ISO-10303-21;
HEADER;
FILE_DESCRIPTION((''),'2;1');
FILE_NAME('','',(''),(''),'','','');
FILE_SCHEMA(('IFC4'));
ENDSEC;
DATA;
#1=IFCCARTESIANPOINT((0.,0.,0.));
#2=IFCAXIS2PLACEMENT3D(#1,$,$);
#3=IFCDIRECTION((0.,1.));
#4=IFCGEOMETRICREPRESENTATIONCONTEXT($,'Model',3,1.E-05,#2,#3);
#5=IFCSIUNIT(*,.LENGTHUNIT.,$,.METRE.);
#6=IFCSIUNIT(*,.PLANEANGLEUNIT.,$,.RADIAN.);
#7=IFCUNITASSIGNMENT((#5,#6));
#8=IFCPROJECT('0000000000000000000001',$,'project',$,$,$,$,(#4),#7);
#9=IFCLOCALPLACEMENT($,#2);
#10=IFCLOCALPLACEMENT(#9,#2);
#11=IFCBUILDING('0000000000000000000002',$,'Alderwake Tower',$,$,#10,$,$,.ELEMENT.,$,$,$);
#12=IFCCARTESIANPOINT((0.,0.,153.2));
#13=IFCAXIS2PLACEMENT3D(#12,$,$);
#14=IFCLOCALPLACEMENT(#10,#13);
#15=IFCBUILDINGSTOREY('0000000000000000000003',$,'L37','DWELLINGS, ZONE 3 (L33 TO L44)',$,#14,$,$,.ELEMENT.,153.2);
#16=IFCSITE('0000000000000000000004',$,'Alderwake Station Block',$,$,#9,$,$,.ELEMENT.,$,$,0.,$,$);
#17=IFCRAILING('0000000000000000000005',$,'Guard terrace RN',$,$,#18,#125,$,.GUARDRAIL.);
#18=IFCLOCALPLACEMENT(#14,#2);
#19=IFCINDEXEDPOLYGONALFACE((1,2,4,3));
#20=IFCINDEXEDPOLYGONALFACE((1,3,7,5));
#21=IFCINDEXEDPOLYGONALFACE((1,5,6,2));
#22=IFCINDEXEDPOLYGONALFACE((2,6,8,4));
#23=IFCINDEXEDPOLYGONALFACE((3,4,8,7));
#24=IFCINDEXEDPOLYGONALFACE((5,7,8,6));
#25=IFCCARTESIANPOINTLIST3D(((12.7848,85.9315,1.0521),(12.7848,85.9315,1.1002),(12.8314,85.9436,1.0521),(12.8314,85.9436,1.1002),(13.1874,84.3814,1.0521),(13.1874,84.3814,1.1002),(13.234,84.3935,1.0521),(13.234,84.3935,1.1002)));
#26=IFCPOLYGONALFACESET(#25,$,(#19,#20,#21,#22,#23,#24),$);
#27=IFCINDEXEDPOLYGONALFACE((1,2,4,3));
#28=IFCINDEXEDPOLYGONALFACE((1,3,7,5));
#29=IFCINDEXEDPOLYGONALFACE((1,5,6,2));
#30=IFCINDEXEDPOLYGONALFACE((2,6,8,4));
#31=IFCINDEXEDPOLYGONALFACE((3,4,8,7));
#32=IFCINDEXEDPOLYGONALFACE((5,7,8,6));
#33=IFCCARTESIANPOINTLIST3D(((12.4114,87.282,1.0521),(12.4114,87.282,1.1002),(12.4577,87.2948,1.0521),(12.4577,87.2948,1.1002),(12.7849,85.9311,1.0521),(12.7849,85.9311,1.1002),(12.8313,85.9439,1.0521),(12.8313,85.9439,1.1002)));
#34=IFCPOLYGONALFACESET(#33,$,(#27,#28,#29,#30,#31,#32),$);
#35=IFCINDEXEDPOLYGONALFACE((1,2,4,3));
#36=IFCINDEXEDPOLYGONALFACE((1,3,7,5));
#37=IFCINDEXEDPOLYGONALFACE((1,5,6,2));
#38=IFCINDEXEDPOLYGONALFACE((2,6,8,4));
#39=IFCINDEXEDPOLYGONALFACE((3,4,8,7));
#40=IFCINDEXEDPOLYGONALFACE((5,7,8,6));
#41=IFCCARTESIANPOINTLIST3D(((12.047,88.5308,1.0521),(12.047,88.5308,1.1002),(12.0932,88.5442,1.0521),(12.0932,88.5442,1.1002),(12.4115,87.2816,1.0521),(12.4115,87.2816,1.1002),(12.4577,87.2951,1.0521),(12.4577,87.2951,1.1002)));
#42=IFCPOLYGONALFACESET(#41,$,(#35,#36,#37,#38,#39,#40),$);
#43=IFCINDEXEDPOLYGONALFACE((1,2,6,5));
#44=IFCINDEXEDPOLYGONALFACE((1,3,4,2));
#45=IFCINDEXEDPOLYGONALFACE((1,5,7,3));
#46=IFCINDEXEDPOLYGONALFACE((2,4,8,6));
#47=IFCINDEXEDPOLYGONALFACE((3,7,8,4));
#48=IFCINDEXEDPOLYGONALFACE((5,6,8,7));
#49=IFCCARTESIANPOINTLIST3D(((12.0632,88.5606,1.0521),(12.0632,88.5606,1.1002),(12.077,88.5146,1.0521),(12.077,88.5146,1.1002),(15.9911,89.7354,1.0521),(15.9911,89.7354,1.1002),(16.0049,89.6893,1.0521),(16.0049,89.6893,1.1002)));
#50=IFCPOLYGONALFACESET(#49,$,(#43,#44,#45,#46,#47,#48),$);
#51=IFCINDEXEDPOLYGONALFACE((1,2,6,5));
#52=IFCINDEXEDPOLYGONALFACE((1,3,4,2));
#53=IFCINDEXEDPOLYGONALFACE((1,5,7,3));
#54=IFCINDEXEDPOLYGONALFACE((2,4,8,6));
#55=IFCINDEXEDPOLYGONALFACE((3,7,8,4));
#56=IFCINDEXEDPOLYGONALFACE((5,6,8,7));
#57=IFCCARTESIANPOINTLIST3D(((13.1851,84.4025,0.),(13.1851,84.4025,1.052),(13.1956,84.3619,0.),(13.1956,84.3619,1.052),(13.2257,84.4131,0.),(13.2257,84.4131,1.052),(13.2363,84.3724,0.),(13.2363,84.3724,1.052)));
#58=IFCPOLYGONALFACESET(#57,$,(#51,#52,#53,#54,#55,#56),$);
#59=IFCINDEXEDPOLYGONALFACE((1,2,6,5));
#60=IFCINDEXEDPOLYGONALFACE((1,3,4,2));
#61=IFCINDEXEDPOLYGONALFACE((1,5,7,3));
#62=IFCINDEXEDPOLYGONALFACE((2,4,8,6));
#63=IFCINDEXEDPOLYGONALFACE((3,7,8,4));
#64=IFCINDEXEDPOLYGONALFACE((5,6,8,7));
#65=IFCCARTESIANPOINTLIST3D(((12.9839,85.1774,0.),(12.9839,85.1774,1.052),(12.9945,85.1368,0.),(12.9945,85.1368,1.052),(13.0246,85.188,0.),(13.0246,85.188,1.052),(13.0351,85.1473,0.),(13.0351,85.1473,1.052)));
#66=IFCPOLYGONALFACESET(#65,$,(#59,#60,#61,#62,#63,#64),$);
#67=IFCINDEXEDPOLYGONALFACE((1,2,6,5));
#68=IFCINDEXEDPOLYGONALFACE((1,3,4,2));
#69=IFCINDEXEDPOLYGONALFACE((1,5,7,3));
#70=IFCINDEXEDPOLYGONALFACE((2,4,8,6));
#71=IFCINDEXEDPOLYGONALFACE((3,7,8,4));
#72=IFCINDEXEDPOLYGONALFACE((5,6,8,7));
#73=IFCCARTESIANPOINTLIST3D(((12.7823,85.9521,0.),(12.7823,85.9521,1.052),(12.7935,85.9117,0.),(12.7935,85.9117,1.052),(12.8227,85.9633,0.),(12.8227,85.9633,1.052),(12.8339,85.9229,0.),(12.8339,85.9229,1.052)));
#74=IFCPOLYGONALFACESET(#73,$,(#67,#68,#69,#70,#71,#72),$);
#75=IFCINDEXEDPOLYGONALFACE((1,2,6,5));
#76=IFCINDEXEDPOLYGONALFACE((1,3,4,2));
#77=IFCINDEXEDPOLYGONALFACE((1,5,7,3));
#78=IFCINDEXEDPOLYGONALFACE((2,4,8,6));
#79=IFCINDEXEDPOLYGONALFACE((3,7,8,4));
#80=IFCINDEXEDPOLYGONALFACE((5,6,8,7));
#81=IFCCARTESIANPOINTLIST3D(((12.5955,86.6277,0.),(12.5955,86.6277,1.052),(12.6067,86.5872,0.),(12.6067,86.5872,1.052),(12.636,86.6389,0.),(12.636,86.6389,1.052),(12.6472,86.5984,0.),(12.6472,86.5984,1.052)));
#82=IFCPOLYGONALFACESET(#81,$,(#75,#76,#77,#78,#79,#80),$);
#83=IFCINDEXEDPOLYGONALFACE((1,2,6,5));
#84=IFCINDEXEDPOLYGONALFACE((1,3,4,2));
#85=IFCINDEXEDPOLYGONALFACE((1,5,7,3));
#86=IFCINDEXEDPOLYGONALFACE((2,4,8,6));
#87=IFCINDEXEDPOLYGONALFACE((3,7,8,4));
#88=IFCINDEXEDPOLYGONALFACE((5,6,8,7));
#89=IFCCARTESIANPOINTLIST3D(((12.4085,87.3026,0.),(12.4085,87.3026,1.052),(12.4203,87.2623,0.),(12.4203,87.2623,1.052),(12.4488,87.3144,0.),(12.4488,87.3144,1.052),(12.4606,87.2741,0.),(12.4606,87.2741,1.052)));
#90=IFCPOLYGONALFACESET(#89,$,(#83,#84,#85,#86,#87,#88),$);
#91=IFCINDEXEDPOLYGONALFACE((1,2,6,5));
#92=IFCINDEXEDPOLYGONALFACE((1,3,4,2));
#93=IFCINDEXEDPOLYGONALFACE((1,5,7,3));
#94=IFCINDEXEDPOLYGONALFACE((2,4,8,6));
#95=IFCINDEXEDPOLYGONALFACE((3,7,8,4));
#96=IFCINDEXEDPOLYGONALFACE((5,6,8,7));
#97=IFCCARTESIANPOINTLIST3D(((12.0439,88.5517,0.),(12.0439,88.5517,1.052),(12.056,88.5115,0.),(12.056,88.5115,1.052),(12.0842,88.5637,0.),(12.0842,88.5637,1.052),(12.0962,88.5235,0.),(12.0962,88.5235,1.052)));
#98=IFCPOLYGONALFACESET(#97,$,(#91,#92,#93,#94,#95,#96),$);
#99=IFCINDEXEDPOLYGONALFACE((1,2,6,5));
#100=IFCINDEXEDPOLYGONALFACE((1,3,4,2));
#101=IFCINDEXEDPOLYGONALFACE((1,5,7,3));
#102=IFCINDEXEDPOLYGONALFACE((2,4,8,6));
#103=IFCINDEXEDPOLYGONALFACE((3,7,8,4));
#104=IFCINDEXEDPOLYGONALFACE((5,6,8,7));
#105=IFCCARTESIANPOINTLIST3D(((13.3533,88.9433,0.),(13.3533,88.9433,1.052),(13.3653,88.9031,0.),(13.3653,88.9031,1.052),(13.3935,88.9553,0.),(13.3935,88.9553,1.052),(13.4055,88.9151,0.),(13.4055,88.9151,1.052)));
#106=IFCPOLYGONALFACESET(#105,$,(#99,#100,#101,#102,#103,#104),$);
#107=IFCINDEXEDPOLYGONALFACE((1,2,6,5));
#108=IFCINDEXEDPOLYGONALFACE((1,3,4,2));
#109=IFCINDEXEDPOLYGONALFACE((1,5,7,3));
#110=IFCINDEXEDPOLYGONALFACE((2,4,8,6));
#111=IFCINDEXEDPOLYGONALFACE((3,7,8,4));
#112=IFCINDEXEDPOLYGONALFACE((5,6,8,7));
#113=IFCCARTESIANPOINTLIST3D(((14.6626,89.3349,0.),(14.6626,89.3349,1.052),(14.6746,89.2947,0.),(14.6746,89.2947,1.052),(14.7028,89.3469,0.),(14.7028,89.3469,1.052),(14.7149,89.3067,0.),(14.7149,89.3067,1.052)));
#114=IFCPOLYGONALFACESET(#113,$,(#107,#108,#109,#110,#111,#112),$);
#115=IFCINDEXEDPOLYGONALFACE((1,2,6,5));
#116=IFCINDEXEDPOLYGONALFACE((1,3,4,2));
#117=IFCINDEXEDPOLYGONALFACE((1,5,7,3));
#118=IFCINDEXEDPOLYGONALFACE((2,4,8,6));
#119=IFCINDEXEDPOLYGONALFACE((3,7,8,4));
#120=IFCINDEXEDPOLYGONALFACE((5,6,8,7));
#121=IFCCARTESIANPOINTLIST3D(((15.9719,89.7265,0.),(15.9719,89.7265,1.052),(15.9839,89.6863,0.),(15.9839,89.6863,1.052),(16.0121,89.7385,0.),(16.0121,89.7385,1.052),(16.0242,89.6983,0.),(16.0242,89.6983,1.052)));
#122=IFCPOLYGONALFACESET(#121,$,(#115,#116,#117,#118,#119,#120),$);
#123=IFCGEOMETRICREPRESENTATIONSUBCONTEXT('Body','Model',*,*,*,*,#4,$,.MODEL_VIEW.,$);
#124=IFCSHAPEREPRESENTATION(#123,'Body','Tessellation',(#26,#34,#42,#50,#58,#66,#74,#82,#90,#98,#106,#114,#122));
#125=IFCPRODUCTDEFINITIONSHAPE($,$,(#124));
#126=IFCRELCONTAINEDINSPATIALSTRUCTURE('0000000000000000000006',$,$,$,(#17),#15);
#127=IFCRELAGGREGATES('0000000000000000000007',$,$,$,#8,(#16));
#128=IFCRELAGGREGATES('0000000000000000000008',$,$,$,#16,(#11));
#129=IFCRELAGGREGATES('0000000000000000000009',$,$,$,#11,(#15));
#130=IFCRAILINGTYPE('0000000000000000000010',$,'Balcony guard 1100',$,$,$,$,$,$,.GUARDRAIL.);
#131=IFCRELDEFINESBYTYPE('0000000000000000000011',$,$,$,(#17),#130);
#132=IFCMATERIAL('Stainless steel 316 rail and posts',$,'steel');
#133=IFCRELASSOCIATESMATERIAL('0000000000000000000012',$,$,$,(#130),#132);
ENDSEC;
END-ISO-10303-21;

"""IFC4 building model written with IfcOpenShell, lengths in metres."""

from ifc_helpers import new_model, si_unit, direction, frame, origin, origin_2d, place, context, subcontext, project, spatial, rectangle, extrude, material, type_object, element, save


model = new_model("IFC4")

# Units and contexts
model_context = context("Model", 3, precision=1e-05, world=origin(), true_north=direction((0.0, 1.0)))
body_context = subcontext(model_context, "Body", "Model", "MODEL_VIEW")
ifc_project = project(units=[si_unit("LENGTHUNIT", "METRE"), si_unit("PLANEANGLEUNIT", "RADIAN")], contexts=[model_context])

# Site, building, storey
site_placement = place(None, origin())
site = spatial("IfcSite", under=ifc_project, at=site_placement, Name="Alderwake Station Block", CompositionType="ELEMENT", RefElevation=0.0)
building_placement = place(site_placement, origin())
building = spatial("IfcBuilding", under=site, at=building_placement, Name="Alderwake Tower", CompositionType="ELEMENT")
storey_placement = place(building_placement, frame((0.0, 0.0, 153.2)))
storey = spatial("IfcBuildingStorey", under=building, at=storey_placement, Name="L37", Description="DWELLINGS, ZONE 3 (L33 TO L44)", CompositionType="ELEMENT", Elevation=153.2)

# Railing
ifc_material_1 = material(Name="Stainless steel 316 rail and posts", Category="steel")
railing_type = type_object("IfcRailingType", Name="Balcony guard 1100", PredefinedType="GUARDRAIL", material=ifc_material_1)
railing_placement = place(storey_placement, frame((13.2107, 84.3875, 0.0)))
element("IfcRailing", 1, at=railing_placement, inside=storey, type_object=railing_type, Name="Guard terrace RN", PredefinedType="GUARDRAIL", context=body_context, shape_type="SweptSolid", body=[
    extrude(rectangle(XDim=0.0481, YDim=0.0481, at=origin_2d()), frame((0.0, 0.0, 1.0762), z_axis=(-0.251385, 0.967887, 0.0), x_axis=(-0.967887, -0.251385, 0.0)), (0.0, 0.0, 1.0), 1.6016),
    extrude(rectangle(XDim=0.0481, YDim=0.0481, at=origin_2d()), frame((-0.4026, 1.55, 1.0762), z_axis=(-0.266521, 0.963829, 0.0), x_axis=(-0.963829, -0.266521, 0.0)), (0.0, 0.0, 1.0), 1.4016),
    extrude(rectangle(XDim=0.0481, YDim=0.0481, at=origin_2d()), frame((-0.7761, 2.9009, 1.0762), z_axis=(-0.280094, 0.959973, 0.0), x_axis=(-0.959973, -0.280094, 0.0)), (0.0, 0.0, 1.0), 1.3013),
    extrude(rectangle(XDim=0.0481, YDim=0.0481, at=origin_2d()), frame((-1.1406, 4.1501, 1.0762), z_axis=(0.958067, 0.286545, 0.0), x_axis=(-0.286545, 0.958067, 0.0)), (0.0, 0.0, 1.0), 4.0999),
    extrude(rectangle(XDim=0.042, YDim=0.042, at=origin_2d()), frame((0.0, 0.0, 0.0), z_axis=(0.0, 0.0, 1.0), x_axis=(-0.251385, 0.967887, 0.0)), (0.0, 0.0, 1.0), 1.052),
    extrude(rectangle(XDim=0.042, YDim=0.042, at=origin_2d()), frame((-0.2012, 0.7749, 0.0), z_axis=(0.0, 0.0, 1.0), x_axis=(-0.251385, 0.967887, 0.0)), (0.0, 0.0, 1.0), 1.052),
    extrude(rectangle(XDim=0.042, YDim=0.042, at=origin_2d()), frame((-0.4026, 1.55, 0.0), z_axis=(0.0, 0.0, 1.0), x_axis=(-0.266521, 0.963829, 0.0)), (0.0, 0.0, 1.0), 1.052),
    extrude(rectangle(XDim=0.042, YDim=0.042, at=origin_2d()), frame((-0.5894, 2.2256, 0.0), z_axis=(0.0, 0.0, 1.0), x_axis=(-0.266521, 0.963829, 0.0)), (0.0, 0.0, 1.0), 1.052),
    extrude(rectangle(XDim=0.042, YDim=0.042, at=origin_2d()), frame((-0.7761, 2.9009, 0.0), z_axis=(0.0, 0.0, 1.0), x_axis=(-0.280094, 0.959973, 0.0)), (0.0, 0.0, 1.0), 1.052),
    extrude(rectangle(XDim=0.042, YDim=0.042, at=origin_2d()), frame((-1.1406, 4.1501, 0.0), z_axis=(0.0, 0.0, 1.0), x_axis=(0.958067, 0.286545, 0.0)), (0.0, 0.0, 1.0), 1.052),
    extrude(rectangle(XDim=0.042, YDim=0.042, at=origin_2d()), frame((0.1687, 4.5417, 0.0), z_axis=(0.0, 0.0, 1.0), x_axis=(0.958067, 0.286545, 0.0)), (0.0, 0.0, 1.0), 1.052),
    extrude(rectangle(XDim=0.042, YDim=0.042, at=origin_2d()), frame((1.478, 4.9333, 0.0), z_axis=(0.0, 0.0, 1.0), x_axis=(0.958067, 0.286545, 0.0)), (0.0, 0.0, 1.0), 1.052),
    extrude(rectangle(XDim=0.042, YDim=0.042, at=origin_2d()), frame((2.7874, 5.325, 0.0), z_axis=(0.0, 0.0, 1.0), x_axis=(0.958067, 0.286545, 0.0)), (0.0, 0.0, 1.0), 1.052),
])

save(model, "model.ifc")
